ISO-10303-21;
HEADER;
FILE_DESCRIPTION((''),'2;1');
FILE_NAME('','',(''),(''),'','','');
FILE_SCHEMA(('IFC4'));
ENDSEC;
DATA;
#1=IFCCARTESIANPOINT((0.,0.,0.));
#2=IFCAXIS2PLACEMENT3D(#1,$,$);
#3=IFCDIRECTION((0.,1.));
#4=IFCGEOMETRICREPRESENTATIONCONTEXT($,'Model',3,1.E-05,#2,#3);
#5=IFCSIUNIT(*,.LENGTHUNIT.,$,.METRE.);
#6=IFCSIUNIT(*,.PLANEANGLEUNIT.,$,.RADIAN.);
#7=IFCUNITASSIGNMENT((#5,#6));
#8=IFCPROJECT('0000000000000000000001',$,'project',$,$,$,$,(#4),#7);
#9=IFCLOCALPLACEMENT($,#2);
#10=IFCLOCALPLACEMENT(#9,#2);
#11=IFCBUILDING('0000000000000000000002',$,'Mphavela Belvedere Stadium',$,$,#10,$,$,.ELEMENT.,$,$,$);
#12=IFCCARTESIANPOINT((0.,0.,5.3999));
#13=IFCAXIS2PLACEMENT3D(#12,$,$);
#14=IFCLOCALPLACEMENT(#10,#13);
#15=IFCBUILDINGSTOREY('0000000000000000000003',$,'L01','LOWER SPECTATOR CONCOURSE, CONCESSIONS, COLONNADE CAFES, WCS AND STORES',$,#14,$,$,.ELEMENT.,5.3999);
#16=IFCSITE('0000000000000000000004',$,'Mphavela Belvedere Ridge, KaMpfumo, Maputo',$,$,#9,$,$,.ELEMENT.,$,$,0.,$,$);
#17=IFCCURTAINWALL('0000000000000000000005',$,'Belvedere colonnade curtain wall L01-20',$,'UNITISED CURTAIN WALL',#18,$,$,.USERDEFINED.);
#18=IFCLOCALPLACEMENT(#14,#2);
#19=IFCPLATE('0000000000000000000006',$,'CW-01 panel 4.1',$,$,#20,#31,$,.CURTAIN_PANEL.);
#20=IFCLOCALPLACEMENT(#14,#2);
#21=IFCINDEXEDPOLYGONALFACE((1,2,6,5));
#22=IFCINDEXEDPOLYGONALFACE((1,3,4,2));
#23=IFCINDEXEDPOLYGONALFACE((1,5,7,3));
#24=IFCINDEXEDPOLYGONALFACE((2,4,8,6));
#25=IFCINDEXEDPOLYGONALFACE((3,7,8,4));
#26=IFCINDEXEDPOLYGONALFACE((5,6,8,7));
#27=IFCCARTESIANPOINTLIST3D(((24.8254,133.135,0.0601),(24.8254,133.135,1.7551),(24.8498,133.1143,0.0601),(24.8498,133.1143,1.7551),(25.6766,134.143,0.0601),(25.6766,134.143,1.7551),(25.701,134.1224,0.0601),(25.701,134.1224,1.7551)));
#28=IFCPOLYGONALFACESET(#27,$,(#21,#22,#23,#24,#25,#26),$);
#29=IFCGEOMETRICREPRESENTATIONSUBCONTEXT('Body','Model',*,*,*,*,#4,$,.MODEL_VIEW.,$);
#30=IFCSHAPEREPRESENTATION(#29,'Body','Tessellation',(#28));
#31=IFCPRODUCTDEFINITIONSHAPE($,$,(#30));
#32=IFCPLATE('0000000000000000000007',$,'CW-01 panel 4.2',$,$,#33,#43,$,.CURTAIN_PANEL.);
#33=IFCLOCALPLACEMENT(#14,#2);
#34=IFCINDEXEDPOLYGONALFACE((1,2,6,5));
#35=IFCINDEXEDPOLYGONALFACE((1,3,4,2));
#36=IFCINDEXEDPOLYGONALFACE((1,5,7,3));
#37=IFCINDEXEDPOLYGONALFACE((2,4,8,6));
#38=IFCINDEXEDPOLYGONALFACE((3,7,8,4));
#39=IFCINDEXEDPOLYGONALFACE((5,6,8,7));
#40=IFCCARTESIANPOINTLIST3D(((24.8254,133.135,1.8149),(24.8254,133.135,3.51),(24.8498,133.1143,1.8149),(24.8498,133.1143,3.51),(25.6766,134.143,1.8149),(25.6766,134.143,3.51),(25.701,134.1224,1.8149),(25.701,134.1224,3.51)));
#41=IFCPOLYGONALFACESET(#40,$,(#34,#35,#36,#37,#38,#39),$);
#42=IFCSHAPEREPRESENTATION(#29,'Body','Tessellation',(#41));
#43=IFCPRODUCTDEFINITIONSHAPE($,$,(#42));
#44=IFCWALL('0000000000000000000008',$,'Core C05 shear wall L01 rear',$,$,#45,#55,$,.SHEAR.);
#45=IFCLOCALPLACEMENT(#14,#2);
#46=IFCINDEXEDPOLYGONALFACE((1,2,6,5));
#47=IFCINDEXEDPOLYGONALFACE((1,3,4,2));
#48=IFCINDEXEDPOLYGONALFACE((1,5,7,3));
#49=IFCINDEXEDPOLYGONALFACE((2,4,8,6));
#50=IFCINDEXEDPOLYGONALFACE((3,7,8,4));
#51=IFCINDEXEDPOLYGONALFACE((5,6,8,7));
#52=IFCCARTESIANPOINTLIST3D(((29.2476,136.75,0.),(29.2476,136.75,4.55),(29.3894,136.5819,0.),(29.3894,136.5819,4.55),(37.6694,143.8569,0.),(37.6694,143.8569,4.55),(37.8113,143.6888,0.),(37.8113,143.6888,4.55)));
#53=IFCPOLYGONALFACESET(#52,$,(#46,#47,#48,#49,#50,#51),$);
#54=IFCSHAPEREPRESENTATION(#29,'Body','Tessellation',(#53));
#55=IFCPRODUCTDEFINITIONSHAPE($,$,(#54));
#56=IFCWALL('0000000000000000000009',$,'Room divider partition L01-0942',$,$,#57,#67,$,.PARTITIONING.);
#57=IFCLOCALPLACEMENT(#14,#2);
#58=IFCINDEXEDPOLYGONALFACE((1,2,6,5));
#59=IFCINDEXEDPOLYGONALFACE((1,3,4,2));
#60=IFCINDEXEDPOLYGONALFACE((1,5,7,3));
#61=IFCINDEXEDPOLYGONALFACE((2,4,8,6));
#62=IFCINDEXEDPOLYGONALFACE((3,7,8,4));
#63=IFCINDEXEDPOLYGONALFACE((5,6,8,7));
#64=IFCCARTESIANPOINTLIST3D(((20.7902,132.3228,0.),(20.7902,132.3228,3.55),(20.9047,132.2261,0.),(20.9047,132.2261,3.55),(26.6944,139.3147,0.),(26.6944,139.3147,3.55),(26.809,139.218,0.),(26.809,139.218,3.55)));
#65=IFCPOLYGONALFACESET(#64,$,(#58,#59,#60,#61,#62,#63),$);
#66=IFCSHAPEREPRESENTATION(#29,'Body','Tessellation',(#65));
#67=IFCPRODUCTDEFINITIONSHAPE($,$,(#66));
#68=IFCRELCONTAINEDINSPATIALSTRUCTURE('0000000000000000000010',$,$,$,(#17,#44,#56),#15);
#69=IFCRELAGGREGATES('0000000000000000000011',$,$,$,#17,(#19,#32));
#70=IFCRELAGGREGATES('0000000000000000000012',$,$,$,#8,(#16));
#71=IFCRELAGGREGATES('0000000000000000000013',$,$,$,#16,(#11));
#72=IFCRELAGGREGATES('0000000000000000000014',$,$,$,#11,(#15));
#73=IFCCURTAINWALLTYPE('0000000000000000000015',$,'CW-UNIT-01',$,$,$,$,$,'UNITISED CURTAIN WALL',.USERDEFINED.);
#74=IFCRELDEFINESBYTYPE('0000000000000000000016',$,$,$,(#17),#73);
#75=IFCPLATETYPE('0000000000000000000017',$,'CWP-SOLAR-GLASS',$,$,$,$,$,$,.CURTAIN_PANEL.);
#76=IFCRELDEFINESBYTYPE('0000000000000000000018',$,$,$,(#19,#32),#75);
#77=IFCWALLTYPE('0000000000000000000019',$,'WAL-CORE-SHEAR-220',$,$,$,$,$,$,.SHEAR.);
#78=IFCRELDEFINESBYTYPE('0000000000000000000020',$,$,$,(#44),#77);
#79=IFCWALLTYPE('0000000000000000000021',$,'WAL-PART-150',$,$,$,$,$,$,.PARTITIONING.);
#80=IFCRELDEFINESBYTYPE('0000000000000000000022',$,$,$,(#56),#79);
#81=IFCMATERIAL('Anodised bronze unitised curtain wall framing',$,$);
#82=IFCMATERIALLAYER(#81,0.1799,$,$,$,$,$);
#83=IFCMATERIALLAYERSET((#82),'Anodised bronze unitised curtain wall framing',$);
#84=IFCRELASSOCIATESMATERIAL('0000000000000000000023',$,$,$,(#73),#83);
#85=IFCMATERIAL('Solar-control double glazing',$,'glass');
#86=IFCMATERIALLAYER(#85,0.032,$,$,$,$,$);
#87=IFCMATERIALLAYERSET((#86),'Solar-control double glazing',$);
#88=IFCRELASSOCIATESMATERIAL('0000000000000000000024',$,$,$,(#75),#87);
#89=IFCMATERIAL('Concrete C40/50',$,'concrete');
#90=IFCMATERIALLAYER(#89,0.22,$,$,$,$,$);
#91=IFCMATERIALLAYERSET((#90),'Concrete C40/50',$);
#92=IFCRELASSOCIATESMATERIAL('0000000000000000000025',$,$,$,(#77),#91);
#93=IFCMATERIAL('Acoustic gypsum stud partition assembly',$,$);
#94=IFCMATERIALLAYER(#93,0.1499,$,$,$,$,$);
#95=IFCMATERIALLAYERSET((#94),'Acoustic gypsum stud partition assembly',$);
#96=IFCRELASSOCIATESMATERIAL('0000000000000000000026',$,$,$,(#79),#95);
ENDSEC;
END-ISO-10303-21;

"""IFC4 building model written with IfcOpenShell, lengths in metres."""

from ifc_helpers import new_model, si_unit, direction, frame, frame_2d, origin, origin_2d, place, context, subcontext, project, spatial, rectangle, extrude, material, layer, layer_set, type_object, element, aggregate, save


model = new_model("IFC4")

# Units and contexts
model_context = context("Model", 3, precision=1e-05, world=origin(), true_north=direction((0.0, 1.0)))
body_context = subcontext(model_context, "Body", "Model", "MODEL_VIEW")
ifc_project = project(units=[si_unit("LENGTHUNIT", "METRE"), si_unit("PLANEANGLEUNIT", "RADIAN")], contexts=[model_context])

# Site, building, storey
site_placement = place(None, origin())
site = spatial("IfcSite", under=ifc_project, at=site_placement, Name="Mphavela Belvedere Ridge, KaMpfumo, Maputo", CompositionType="ELEMENT", RefElevation=0.0)
building_placement = place(site_placement, origin())
building = spatial("IfcBuilding", under=site, at=building_placement, Name="Mphavela Belvedere Stadium", CompositionType="ELEMENT")
storey_placement = place(building_placement, frame((0.0, 0.0, 5.3999)))
storey = spatial("IfcBuildingStorey", under=building, at=storey_placement, Name="L01", Description="LOWER SPECTATOR CONCOURSE, CONCESSIONS, COLONNADE CAFES, WCS AND STORES", CompositionType="ELEMENT", Elevation=5.3999)

# Curtain wall, plates
ifc_material_1 = material(Name="Anodised bronze unitised curtain wall framing")
ifc_layer_1 = layer(ifc_material_1, 0.1799)
ifc_layer_set_1 = layer_set([ifc_layer_1], Name="Anodised bronze unitised curtain wall framing")
curtain_wall_type_1 = type_object("IfcCurtainWallType", Name="CW-UNIT-01", ElementType="UNITISED CURTAIN WALL", PredefinedType="USERDEFINED", material=ifc_layer_set_1)
curtain_wall_1_placement = place(storey_placement, origin())
curtain_wall_1 = element("IfcCurtainWall", 1, at=curtain_wall_1_placement, inside=storey, type_object=curtain_wall_type_1, Name="Belvedere colonnade curtain wall L01-20", ObjectType="UNITISED CURTAIN WALL", PredefinedType="USERDEFINED")
ifc_material_2 = material(Name="Solar-control double glazing", Category="glass")
ifc_layer_2 = layer(ifc_material_2, 0.032)
ifc_layer_set_2 = layer_set([ifc_layer_2], Name="Solar-control double glazing")
plate_type = type_object("IfcPlateType", Name="CWP-SOLAR-GLASS", PredefinedType="CURTAIN_PANEL", material=ifc_layer_set_2)
plate_1_placement = place(storey_placement, frame((25.2632, 133.6287, 0.0601), z_axis=(0.0, 0.0, 1.0), x_axis=(-0.645173, -0.764036, 0.0)))
plate_1 = element("IfcPlate", 2, at=plate_1_placement, type_object=plate_type, Name="CW-01 panel 4.1", PredefinedType="CURTAIN_PANEL", context=body_context, shape_type="SweptSolid", body=[
    extrude(rectangle(XDim=1.3193, YDim=0.032, at=origin_2d()), origin(), (0.0, 0.0, 1.0), 1.6951),
])
plate_2_placement = place(storey_placement, frame((25.2632, 133.6287, 1.8149), z_axis=(0.0, 0.0, 1.0), x_axis=(-0.645173, -0.764036, 0.0)))
plate_2 = element("IfcPlate", 3, at=plate_2_placement, type_object=plate_type, Name="CW-01 panel 4.2", PredefinedType="CURTAIN_PANEL", context=body_context, shape_type="SweptSolid", body=[
    extrude(rectangle(XDim=1.3193, YDim=0.032, at=origin_2d()), origin(), (0.0, 0.0, 1.0), 1.6951),
])
aggregate(curtain_wall_1, [plate_1, plate_2])

# Walls
ifc_material_3 = material(Name="Concrete C40/50", Category="concrete")
ifc_layer_3 = layer(ifc_material_3, 0.22)
ifc_layer_set_3 = layer_set([ifc_layer_3], Name="Concrete C40/50")
wall_type_1 = type_object("IfcWallType", Name="WAL-CORE-SHEAR-220", PredefinedType="SHEAR", material=ifc_layer_set_3)
wall_1_placement = place(storey_placement, frame((29.3186, 136.666, 0.0), z_axis=(0.0, 0.0, 1.0), x_axis=(0.764248, 0.644923, 0.0)))
element("IfcWall", 4, at=wall_1_placement, inside=storey, type_object=wall_type_1, Name="Core C05 shear wall L01 rear", PredefinedType="SHEAR", context=body_context, shape_type="SweptSolid", body=[
    extrude(rectangle(XDim=11.0198, YDim=0.22, at=frame_2d((5.5098, 0.0))), origin(), (0.0, 0.0, 1.0), 4.55),
])
ifc_material_4 = material(Name="Acoustic gypsum stud partition assembly")
ifc_layer_4 = layer(ifc_material_4, 0.1499)
ifc_layer_set_4 = layer_set([ifc_layer_4], Name="Acoustic gypsum stud partition assembly")
wall_type_2 = type_object("IfcWallType", Name="WAL-PART-150", PredefinedType="PARTITIONING", material=ifc_layer_set_4)
wall_2_placement = place(storey_placement, frame((26.7517, 139.2664, 0.0), z_axis=(0.0, 0.0, 1.0), x_axis=(-0.64518, -0.764031, 0.0)))
element("IfcWall", 5, at=wall_2_placement, inside=storey, type_object=wall_type_2, Name="Room divider partition L01-0942", PredefinedType="PARTITIONING", context=body_context, shape_type="SweptSolid", body=[
    extrude(rectangle(XDim=9.1514, YDim=0.1499, at=frame_2d((4.5757, 0.0))), origin(), (0.0, 0.0, 1.0), 3.55),
])

save(model, "model.ifc")
